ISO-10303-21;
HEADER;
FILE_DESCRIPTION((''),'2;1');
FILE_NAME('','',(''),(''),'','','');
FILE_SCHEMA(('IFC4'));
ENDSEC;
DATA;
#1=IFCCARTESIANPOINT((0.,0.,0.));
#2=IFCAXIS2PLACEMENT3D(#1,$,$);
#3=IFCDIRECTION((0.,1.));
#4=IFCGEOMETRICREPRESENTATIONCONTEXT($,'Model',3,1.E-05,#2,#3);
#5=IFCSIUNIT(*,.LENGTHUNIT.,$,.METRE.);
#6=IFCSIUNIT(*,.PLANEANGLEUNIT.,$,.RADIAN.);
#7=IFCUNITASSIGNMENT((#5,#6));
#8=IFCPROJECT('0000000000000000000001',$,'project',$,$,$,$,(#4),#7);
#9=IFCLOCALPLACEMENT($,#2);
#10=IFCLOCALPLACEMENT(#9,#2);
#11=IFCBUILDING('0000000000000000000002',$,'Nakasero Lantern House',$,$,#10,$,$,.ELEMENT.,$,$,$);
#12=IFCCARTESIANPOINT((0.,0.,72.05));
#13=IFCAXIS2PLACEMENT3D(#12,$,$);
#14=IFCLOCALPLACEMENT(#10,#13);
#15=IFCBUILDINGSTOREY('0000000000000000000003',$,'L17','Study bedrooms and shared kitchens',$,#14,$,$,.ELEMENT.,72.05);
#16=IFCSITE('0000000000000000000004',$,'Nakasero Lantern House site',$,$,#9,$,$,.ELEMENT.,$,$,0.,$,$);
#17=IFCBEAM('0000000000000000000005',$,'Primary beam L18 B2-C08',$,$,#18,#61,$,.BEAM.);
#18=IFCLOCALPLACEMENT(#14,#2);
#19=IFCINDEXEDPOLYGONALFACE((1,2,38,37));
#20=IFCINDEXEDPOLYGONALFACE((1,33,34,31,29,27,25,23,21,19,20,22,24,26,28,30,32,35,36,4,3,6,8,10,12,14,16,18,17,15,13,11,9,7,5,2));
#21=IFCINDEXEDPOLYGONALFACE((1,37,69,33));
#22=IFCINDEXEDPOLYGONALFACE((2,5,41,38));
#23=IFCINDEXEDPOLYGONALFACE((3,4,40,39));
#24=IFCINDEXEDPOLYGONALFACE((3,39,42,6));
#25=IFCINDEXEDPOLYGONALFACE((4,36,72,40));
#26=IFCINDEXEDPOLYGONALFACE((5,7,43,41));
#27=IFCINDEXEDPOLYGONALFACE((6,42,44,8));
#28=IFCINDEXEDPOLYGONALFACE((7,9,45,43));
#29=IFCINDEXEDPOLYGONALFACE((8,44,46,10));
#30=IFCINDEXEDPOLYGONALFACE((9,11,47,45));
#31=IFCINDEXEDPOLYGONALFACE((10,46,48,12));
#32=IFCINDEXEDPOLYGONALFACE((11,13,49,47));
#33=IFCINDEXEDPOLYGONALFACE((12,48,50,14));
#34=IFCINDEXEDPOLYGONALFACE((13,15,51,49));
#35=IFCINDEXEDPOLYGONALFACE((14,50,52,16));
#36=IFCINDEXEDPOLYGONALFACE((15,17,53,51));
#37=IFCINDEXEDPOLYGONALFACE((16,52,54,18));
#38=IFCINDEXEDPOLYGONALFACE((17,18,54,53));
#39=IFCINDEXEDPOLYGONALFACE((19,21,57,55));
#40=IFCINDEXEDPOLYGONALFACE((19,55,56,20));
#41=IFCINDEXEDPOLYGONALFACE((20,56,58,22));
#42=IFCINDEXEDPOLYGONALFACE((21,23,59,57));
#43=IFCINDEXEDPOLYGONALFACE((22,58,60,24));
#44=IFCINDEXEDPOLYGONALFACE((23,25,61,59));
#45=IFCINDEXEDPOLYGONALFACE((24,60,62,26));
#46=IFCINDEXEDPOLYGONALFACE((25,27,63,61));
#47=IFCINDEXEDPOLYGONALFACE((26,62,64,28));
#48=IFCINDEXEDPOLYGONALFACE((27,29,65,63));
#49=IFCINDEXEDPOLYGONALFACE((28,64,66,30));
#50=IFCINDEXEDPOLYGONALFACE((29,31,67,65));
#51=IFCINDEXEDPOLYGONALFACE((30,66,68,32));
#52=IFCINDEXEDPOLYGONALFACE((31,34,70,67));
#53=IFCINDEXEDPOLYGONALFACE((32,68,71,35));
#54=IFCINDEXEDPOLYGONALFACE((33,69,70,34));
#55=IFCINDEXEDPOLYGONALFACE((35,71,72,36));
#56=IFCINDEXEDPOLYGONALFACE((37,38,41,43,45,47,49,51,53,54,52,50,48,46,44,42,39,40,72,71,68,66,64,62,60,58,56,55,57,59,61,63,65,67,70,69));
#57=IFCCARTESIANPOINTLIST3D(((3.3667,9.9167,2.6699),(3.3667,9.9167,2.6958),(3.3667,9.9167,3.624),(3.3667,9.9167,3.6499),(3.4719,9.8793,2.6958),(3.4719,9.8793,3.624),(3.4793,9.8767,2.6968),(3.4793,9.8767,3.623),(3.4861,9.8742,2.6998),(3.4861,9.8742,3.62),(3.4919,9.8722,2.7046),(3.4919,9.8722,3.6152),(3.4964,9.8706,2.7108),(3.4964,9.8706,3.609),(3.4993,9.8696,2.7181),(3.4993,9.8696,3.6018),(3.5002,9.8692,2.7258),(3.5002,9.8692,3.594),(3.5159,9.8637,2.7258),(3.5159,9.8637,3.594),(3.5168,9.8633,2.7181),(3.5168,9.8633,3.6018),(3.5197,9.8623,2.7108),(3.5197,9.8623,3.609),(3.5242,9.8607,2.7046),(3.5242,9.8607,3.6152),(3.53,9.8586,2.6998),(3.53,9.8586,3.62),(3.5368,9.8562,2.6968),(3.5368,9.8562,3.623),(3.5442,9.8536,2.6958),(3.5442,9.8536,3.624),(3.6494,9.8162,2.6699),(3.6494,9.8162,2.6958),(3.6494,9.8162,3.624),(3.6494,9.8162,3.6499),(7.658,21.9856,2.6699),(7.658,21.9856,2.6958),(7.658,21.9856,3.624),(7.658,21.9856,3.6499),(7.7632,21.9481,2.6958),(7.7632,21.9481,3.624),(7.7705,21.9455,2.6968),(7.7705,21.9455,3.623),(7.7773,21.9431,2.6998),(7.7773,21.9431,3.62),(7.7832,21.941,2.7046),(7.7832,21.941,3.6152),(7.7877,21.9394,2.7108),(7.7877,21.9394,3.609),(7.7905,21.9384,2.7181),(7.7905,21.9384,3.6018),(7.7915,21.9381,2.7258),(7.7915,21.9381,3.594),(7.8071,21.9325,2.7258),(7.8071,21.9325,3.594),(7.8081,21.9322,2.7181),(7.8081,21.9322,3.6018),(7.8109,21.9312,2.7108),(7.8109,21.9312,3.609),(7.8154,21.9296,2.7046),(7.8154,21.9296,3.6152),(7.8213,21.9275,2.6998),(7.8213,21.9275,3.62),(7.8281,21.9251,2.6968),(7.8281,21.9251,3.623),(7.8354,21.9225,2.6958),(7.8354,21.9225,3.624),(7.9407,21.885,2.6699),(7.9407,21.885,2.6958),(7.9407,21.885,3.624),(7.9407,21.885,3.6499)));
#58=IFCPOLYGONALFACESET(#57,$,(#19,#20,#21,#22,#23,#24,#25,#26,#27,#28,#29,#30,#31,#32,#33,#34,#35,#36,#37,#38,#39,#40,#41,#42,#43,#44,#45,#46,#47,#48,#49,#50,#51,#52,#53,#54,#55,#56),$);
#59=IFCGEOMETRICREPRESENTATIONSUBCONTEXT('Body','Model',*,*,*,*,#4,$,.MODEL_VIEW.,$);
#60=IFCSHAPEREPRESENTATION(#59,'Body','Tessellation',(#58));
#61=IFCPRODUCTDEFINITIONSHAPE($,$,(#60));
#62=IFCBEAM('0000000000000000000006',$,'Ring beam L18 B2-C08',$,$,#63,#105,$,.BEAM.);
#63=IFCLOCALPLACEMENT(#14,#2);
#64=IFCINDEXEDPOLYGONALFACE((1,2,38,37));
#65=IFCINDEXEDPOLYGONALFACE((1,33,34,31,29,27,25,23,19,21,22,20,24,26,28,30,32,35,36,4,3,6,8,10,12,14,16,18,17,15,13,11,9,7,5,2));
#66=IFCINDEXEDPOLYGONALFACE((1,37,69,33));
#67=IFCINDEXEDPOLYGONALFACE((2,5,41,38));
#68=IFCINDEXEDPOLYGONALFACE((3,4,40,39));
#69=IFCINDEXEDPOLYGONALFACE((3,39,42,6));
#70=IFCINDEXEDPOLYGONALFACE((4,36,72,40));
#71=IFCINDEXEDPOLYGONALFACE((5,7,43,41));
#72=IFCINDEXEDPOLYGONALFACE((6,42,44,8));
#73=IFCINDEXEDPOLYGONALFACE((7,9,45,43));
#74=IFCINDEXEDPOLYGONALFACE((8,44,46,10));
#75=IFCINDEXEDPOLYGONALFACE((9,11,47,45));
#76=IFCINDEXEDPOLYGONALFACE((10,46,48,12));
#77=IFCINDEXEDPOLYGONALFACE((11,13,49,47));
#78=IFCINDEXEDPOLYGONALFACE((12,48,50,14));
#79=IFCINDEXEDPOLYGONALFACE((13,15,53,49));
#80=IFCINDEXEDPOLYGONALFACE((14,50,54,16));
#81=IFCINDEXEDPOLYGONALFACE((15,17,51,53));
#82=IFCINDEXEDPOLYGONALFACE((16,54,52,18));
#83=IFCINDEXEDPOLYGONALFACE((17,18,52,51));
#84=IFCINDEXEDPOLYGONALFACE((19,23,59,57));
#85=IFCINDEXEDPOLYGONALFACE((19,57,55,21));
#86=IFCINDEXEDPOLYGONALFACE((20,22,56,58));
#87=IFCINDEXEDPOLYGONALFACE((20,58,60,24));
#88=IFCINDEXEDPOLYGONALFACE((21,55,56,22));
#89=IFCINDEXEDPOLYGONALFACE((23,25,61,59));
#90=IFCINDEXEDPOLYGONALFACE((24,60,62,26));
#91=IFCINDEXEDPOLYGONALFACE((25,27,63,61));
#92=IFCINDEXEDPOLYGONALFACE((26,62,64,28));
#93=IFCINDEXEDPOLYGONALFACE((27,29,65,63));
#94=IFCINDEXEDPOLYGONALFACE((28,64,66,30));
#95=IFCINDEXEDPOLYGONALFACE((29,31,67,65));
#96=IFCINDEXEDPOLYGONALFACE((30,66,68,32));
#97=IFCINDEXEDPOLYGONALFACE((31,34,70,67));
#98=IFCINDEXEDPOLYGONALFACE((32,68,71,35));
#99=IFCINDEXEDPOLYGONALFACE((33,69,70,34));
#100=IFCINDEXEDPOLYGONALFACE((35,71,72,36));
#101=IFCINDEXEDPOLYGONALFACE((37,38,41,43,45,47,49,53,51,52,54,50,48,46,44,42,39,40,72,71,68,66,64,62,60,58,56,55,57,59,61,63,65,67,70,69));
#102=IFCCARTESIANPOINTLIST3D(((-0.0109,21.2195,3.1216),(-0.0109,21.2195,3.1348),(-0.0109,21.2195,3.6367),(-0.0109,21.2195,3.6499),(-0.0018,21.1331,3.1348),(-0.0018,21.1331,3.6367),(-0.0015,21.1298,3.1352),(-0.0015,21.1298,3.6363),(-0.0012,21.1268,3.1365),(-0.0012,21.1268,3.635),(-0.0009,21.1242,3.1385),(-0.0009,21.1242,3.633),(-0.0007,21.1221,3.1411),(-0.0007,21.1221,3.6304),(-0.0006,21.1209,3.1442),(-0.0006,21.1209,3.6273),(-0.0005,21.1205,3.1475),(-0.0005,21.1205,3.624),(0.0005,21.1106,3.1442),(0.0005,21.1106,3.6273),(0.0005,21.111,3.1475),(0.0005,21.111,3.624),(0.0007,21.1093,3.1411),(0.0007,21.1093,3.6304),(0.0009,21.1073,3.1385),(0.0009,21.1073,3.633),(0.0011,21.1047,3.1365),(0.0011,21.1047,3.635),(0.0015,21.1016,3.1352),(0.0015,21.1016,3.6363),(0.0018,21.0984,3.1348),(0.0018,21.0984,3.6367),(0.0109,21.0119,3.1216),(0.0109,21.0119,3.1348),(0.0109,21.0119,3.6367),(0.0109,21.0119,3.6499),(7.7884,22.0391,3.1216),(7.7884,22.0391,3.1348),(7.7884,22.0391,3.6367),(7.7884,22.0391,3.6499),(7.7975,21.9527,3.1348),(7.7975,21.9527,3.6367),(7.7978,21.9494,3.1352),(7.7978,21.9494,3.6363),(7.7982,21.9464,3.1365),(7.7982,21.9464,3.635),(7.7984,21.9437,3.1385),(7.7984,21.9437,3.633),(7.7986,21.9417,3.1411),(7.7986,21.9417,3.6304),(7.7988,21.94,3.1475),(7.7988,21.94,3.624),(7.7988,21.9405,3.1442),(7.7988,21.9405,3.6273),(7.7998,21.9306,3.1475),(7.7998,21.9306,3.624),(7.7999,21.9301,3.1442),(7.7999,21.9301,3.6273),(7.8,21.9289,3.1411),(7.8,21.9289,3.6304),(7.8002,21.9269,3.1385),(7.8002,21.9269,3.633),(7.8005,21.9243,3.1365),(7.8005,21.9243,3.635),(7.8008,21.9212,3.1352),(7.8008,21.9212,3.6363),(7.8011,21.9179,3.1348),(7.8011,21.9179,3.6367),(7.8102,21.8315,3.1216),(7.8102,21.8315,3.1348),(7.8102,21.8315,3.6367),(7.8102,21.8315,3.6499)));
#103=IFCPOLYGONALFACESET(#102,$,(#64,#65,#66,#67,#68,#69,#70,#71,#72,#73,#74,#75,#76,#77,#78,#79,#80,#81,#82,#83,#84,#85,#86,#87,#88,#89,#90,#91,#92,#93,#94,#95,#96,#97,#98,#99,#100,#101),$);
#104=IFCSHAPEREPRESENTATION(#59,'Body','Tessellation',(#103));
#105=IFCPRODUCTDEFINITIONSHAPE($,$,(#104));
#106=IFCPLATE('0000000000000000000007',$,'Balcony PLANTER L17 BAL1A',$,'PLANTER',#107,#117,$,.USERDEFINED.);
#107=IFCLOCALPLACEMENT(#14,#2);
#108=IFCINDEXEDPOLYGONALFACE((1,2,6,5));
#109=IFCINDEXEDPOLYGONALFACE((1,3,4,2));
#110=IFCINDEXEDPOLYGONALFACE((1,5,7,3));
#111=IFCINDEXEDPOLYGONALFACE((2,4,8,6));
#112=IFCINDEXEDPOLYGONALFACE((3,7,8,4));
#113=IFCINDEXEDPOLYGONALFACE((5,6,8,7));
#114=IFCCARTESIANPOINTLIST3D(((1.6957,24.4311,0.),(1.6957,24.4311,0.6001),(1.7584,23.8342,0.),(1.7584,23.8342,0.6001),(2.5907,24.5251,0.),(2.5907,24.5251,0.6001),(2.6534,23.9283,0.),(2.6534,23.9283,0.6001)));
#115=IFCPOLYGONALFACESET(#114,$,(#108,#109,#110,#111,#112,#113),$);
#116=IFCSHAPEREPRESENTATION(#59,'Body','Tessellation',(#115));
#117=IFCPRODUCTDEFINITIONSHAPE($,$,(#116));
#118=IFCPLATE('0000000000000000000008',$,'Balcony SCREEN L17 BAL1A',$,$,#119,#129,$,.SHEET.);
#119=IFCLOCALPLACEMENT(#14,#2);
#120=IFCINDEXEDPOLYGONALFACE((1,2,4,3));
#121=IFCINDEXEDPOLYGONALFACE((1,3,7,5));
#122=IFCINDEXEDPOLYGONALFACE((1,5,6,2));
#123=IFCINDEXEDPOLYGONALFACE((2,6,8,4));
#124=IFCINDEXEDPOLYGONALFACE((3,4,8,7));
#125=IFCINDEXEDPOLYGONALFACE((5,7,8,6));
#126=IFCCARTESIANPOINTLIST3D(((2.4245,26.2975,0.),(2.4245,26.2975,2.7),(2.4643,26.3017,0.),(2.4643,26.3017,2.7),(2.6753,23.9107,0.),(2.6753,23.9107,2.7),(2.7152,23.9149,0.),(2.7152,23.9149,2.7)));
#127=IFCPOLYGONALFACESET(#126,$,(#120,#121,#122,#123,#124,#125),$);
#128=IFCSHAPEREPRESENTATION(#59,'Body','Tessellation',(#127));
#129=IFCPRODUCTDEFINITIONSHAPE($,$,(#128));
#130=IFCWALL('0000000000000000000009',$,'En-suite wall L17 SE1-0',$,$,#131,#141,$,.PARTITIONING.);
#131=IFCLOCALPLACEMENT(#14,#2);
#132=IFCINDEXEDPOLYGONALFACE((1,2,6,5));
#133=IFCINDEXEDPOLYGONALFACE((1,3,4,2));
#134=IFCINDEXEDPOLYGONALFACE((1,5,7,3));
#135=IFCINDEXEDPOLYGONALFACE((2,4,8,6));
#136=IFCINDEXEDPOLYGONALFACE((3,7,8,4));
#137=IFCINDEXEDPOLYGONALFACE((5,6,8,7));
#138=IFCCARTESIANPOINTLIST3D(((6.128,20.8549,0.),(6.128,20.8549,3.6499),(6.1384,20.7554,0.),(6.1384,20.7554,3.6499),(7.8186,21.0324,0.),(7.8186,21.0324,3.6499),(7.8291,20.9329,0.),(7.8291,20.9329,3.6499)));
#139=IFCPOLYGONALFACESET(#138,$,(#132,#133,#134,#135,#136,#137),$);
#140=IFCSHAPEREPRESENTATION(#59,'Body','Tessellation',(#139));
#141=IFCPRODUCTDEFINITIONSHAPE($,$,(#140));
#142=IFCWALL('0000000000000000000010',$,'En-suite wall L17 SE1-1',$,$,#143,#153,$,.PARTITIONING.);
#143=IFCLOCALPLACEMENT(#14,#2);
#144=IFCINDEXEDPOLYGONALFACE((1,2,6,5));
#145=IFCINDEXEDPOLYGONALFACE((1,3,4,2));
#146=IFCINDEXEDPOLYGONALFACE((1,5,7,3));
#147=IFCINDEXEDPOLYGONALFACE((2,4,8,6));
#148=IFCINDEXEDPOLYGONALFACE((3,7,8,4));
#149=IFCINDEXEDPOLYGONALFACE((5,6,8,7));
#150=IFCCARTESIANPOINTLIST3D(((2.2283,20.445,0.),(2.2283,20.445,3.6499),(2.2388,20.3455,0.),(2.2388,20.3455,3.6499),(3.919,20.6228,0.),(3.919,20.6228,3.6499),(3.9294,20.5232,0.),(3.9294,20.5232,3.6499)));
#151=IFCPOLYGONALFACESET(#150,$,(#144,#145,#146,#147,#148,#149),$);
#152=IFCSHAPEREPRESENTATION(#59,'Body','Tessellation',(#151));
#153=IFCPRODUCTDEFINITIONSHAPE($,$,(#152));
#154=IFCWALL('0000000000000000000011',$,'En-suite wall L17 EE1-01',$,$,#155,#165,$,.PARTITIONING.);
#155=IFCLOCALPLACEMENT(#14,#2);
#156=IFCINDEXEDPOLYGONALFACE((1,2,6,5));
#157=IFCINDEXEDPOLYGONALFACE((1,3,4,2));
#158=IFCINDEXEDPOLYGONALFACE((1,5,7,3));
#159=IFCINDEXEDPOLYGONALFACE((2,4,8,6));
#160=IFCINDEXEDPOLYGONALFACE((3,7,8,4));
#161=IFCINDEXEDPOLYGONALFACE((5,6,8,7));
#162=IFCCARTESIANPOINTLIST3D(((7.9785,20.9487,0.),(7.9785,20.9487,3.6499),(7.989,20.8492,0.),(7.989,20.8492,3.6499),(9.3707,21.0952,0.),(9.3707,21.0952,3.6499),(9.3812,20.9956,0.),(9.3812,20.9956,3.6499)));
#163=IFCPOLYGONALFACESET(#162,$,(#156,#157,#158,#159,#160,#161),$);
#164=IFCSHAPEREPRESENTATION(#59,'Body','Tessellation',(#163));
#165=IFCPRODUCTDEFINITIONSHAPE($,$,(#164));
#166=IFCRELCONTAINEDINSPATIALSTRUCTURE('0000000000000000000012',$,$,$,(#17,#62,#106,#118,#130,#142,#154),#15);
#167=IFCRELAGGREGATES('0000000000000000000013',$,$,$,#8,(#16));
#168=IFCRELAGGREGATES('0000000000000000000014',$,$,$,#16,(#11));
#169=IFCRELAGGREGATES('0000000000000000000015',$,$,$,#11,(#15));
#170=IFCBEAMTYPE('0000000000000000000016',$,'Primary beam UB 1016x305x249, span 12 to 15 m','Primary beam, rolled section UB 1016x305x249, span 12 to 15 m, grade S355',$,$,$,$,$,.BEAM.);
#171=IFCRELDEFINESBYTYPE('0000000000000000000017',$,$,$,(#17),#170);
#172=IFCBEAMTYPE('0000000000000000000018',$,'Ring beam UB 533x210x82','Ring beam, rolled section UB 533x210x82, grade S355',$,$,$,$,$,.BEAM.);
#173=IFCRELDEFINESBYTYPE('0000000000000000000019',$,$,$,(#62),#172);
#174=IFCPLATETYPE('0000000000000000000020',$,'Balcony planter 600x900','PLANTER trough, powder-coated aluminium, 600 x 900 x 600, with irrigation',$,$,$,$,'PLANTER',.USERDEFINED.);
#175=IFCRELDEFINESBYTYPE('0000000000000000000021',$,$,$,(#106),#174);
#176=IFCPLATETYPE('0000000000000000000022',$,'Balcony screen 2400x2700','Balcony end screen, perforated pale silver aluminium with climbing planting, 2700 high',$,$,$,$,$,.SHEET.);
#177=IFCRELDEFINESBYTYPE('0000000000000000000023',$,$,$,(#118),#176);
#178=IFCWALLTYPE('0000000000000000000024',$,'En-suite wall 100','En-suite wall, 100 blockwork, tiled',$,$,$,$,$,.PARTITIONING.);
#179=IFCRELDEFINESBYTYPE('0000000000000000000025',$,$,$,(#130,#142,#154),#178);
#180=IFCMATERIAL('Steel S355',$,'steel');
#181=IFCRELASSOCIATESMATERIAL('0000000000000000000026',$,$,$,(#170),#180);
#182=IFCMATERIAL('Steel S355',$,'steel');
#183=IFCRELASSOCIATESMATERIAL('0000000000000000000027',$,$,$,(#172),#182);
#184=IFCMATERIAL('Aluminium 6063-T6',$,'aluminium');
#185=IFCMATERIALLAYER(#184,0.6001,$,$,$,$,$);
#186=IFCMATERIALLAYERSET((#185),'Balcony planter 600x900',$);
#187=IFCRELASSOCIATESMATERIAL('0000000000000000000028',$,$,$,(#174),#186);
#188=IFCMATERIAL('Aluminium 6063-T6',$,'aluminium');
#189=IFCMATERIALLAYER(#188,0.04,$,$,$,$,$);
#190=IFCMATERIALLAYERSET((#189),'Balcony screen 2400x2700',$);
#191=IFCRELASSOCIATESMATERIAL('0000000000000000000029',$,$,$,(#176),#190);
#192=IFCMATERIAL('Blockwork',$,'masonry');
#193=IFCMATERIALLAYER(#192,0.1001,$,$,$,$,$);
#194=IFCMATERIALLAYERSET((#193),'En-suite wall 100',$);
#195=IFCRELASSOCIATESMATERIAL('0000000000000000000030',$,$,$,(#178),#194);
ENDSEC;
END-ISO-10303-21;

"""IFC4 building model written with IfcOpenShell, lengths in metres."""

from ifc_helpers import new_model, si_unit, direction, frame, frame_2d, origin, origin_2d, place, context, subcontext, project, spatial, rectangle, i_section, extrude, material, layer, layer_set, material_profile, profile_set, type_object, element, save


model = new_model("IFC4")

# Units and contexts
model_context = context("Model", 3, precision=1e-05, world=origin(), true_north=direction((0.0, 1.0)))
body_context = subcontext(model_context, "Body", "Model", "MODEL_VIEW")
ifc_project = project(units=[si_unit("LENGTHUNIT", "METRE"), si_unit("PLANEANGLEUNIT", "RADIAN")], contexts=[model_context])

# Site, building, storey
site_placement = place(None, origin())
site = spatial("IfcSite", under=ifc_project, at=site_placement, Name="Nakasero Lantern House site", CompositionType="ELEMENT", RefElevation=0.0)
building_placement = place(site_placement, origin())
building = spatial("IfcBuilding", under=site, at=building_placement, Name="Nakasero Lantern House", CompositionType="ELEMENT")
storey_placement = place(building_placement, frame((0.0, 0.0, 72.05)))
storey = spatial("IfcBuildingStorey", under=building, at=storey_placement, Name="L17", Description="Study bedrooms and shared kitchens", CompositionType="ELEMENT", Elevation=72.05)

# Beams
ifc_material_1 = material(Name="Steel S355", Category="steel")
ifc_material_profile_1 = material_profile(ifc_material_1, i_section(OverallWidth=0.3, OverallDepth=0.98, WebThickness=0.0166, FlangeThickness=0.0259, FilletRadius=0.03, at=origin_2d()), Name="UB 1016x305x249")
ifc_profile_set_1 = profile_set([ifc_material_profile_1], Name="Steel S355")
beam_type_1 = type_object("IfcBeamType", Name="Primary beam UB 1016x305x249, span 12 to 15 m", Description="Primary beam, rolled section UB 1016x305x249, span 12 to 15 m, grade S355", PredefinedType="BEAM", material=ifc_profile_set_1)
beam_1_placement = place(storey_placement, frame((7.7993, 21.9353, 3.1599), z_axis=(-0.335018, -0.942212, 0.0), x_axis=(0.942212, -0.335018, 0.0)))
element("IfcBeam", 1, at=beam_1_placement, inside=storey, type_object=beam_type_1, Name="Primary beam L18 B2-C08", PredefinedType="BEAM", context=body_context, shape_type="SweptSolid", body=[
    extrude(i_section(OverallWidth=0.3, OverallDepth=0.98, WebThickness=0.0166, FlangeThickness=0.0259, FilletRadius=0.03, at=origin_2d()), origin(), (0.0, 0.0, 1.0), 12.8091),
])
ifc_material_2 = material(Name="Steel S355", Category="steel")
ifc_material_profile_2 = material_profile(ifc_material_2, i_section(OverallWidth=0.2087, OverallDepth=0.5283, WebThickness=0.0095, FlangeThickness=0.0132, FilletRadius=0.0127, at=origin_2d()), Name="UB 533x210x82")
ifc_profile_set_2 = profile_set([ifc_material_profile_2], Name="Steel S355")
beam_type_2 = type_object("IfcBeamType", Name="Ring beam UB 533x210x82", Description="Ring beam, rolled section UB 533x210x82, grade S355", PredefinedType="BEAM", material=ifc_profile_set_2)
beam_2_placement = place(storey_placement, frame((7.7993, 21.9353, 3.3857), z_axis=(-0.994524, -0.104508, 0.0), x_axis=(0.104508, -0.994524, 0.0)))
element("IfcBeam", 2, at=beam_2_placement, inside=storey, type_object=beam_type_2, Name="Ring beam L18 B2-C08", PredefinedType="BEAM", context=body_context, shape_type="SweptSolid", body=[
    extrude(i_section(OverallWidth=0.2087, OverallDepth=0.5283, WebThickness=0.0095, FlangeThickness=0.0132, FilletRadius=0.0127, at=origin_2d()), origin(), (0.0, 0.0, 1.0), 7.8423),
])

# Plates
ifc_material_3 = material(Name="Aluminium 6063-T6", Category="aluminium")
ifc_layer_1 = layer(ifc_material_3, 0.6001)
ifc_layer_set_1 = layer_set([ifc_layer_1], Name="Balcony planter 600x900")
plate_type_1 = type_object("IfcPlateType", Name="Balcony planter 600x900", Description="PLANTER trough, powder-coated aluminium, 600 x 900 x 600, with irrigation", ElementType="PLANTER", PredefinedType="USERDEFINED", material=ifc_layer_set_1)
plate_1_placement = place(storey_placement, frame((2.1746, 24.1797, 0.0), z_axis=(0.0, 0.0, 1.0), x_axis=(-0.104528, 0.994522, 0.0)))
element("IfcPlate", 3, at=plate_1_placement, inside=storey, type_object=plate_type_1, Name="Balcony PLANTER L17 BAL1A", ObjectType="PLANTER", PredefinedType="USERDEFINED", context=body_context, shape_type="SweptSolid", body=[
    extrude(rectangle(XDim=0.6001, YDim=0.8999, at=origin_2d()), origin(), (0.0, 0.0, 1.0), 0.6001),
])
ifc_material_4 = material(Name="Aluminium 6063-T6", Category="aluminium")
ifc_layer_2 = layer(ifc_material_4, 0.04)
ifc_layer_set_2 = layer_set([ifc_layer_2], Name="Balcony screen 2400x2700")
plate_type_2 = type_object("IfcPlateType", Name="Balcony screen 2400x2700", Description="Balcony end screen, perforated pale silver aluminium with climbing planting, 2700 high", PredefinedType="SHEET", material=ifc_layer_set_2)
plate_2_placement = place(storey_placement, frame((2.5698, 25.1062, 0.0), z_axis=(0.0, 0.0, 1.0), x_axis=(-0.104528, 0.994522, 0.0)))
element("IfcPlate", 4, at=plate_2_placement, inside=storey, type_object=plate_type_2, Name="Balcony SCREEN L17 BAL1A", PredefinedType="SHEET", context=body_context, shape_type="SweptSolid", body=[
    extrude(rectangle(XDim=2.3999, YDim=0.04, at=origin_2d()), origin(), (0.0, 0.0, 1.0), 2.7),
])

# Walls
ifc_material_5 = material(Name="Blockwork", Category="masonry")
ifc_layer_3 = layer(ifc_material_5, 0.1001)
ifc_layer_set_3 = layer_set([ifc_layer_3], Name="En-suite wall 100")
wall_type_1 = type_object("IfcWallType", Name="En-suite wall 100", Description="En-suite wall, 100 blockwork, tiled", PredefinedType="PARTITIONING", material=ifc_layer_set_3)
for number, where, z_axis, x_axis, name in (
    (5, (7.824, 20.9827, 0.0), (0.0, 0.0, 1.0), (-0.994535, -0.104408, 0.0), "En-suite wall L17 SE1-0"),
    (6, (3.9243, 20.573, 0.0), (0.0, 0.0, 1.0), (-0.99452, -0.10455, 0.0), "En-suite wall L17 SE1-1"),
):
    element("IfcWall", number, at=place(storey_placement, frame(where, z_axis=z_axis, x_axis=x_axis)), inside=storey, type_object=wall_type_1, Name=name, PredefinedType="PARTITIONING", context=body_context, shape_type="SweptSolid", body=[
        extrude(rectangle(XDim=1.7, YDim=0.1001, at=frame_2d((0.8501, 0.0))), origin(), (0.0, 0.0, 1.0), 3.6499),
    ])
wall_1_placement = place(storey_placement, frame((9.376, 21.0454, 0.0), z_axis=(0.0, 0.0, 1.0), x_axis=(-0.994511, -0.10463, 0.0)))
element("IfcWall", 7, at=wall_1_placement, inside=storey, type_object=wall_type_1, Name="En-suite wall L17 EE1-01", PredefinedType="PARTITIONING", context=body_context, shape_type="SweptSolid", body=[
    extrude(rectangle(XDim=1.3999, YDim=0.1001, at=frame_2d((0.7, 0.0))), origin(), (0.0, 0.0, 1.0), 3.6499),
])

save(model, "model.ifc")
